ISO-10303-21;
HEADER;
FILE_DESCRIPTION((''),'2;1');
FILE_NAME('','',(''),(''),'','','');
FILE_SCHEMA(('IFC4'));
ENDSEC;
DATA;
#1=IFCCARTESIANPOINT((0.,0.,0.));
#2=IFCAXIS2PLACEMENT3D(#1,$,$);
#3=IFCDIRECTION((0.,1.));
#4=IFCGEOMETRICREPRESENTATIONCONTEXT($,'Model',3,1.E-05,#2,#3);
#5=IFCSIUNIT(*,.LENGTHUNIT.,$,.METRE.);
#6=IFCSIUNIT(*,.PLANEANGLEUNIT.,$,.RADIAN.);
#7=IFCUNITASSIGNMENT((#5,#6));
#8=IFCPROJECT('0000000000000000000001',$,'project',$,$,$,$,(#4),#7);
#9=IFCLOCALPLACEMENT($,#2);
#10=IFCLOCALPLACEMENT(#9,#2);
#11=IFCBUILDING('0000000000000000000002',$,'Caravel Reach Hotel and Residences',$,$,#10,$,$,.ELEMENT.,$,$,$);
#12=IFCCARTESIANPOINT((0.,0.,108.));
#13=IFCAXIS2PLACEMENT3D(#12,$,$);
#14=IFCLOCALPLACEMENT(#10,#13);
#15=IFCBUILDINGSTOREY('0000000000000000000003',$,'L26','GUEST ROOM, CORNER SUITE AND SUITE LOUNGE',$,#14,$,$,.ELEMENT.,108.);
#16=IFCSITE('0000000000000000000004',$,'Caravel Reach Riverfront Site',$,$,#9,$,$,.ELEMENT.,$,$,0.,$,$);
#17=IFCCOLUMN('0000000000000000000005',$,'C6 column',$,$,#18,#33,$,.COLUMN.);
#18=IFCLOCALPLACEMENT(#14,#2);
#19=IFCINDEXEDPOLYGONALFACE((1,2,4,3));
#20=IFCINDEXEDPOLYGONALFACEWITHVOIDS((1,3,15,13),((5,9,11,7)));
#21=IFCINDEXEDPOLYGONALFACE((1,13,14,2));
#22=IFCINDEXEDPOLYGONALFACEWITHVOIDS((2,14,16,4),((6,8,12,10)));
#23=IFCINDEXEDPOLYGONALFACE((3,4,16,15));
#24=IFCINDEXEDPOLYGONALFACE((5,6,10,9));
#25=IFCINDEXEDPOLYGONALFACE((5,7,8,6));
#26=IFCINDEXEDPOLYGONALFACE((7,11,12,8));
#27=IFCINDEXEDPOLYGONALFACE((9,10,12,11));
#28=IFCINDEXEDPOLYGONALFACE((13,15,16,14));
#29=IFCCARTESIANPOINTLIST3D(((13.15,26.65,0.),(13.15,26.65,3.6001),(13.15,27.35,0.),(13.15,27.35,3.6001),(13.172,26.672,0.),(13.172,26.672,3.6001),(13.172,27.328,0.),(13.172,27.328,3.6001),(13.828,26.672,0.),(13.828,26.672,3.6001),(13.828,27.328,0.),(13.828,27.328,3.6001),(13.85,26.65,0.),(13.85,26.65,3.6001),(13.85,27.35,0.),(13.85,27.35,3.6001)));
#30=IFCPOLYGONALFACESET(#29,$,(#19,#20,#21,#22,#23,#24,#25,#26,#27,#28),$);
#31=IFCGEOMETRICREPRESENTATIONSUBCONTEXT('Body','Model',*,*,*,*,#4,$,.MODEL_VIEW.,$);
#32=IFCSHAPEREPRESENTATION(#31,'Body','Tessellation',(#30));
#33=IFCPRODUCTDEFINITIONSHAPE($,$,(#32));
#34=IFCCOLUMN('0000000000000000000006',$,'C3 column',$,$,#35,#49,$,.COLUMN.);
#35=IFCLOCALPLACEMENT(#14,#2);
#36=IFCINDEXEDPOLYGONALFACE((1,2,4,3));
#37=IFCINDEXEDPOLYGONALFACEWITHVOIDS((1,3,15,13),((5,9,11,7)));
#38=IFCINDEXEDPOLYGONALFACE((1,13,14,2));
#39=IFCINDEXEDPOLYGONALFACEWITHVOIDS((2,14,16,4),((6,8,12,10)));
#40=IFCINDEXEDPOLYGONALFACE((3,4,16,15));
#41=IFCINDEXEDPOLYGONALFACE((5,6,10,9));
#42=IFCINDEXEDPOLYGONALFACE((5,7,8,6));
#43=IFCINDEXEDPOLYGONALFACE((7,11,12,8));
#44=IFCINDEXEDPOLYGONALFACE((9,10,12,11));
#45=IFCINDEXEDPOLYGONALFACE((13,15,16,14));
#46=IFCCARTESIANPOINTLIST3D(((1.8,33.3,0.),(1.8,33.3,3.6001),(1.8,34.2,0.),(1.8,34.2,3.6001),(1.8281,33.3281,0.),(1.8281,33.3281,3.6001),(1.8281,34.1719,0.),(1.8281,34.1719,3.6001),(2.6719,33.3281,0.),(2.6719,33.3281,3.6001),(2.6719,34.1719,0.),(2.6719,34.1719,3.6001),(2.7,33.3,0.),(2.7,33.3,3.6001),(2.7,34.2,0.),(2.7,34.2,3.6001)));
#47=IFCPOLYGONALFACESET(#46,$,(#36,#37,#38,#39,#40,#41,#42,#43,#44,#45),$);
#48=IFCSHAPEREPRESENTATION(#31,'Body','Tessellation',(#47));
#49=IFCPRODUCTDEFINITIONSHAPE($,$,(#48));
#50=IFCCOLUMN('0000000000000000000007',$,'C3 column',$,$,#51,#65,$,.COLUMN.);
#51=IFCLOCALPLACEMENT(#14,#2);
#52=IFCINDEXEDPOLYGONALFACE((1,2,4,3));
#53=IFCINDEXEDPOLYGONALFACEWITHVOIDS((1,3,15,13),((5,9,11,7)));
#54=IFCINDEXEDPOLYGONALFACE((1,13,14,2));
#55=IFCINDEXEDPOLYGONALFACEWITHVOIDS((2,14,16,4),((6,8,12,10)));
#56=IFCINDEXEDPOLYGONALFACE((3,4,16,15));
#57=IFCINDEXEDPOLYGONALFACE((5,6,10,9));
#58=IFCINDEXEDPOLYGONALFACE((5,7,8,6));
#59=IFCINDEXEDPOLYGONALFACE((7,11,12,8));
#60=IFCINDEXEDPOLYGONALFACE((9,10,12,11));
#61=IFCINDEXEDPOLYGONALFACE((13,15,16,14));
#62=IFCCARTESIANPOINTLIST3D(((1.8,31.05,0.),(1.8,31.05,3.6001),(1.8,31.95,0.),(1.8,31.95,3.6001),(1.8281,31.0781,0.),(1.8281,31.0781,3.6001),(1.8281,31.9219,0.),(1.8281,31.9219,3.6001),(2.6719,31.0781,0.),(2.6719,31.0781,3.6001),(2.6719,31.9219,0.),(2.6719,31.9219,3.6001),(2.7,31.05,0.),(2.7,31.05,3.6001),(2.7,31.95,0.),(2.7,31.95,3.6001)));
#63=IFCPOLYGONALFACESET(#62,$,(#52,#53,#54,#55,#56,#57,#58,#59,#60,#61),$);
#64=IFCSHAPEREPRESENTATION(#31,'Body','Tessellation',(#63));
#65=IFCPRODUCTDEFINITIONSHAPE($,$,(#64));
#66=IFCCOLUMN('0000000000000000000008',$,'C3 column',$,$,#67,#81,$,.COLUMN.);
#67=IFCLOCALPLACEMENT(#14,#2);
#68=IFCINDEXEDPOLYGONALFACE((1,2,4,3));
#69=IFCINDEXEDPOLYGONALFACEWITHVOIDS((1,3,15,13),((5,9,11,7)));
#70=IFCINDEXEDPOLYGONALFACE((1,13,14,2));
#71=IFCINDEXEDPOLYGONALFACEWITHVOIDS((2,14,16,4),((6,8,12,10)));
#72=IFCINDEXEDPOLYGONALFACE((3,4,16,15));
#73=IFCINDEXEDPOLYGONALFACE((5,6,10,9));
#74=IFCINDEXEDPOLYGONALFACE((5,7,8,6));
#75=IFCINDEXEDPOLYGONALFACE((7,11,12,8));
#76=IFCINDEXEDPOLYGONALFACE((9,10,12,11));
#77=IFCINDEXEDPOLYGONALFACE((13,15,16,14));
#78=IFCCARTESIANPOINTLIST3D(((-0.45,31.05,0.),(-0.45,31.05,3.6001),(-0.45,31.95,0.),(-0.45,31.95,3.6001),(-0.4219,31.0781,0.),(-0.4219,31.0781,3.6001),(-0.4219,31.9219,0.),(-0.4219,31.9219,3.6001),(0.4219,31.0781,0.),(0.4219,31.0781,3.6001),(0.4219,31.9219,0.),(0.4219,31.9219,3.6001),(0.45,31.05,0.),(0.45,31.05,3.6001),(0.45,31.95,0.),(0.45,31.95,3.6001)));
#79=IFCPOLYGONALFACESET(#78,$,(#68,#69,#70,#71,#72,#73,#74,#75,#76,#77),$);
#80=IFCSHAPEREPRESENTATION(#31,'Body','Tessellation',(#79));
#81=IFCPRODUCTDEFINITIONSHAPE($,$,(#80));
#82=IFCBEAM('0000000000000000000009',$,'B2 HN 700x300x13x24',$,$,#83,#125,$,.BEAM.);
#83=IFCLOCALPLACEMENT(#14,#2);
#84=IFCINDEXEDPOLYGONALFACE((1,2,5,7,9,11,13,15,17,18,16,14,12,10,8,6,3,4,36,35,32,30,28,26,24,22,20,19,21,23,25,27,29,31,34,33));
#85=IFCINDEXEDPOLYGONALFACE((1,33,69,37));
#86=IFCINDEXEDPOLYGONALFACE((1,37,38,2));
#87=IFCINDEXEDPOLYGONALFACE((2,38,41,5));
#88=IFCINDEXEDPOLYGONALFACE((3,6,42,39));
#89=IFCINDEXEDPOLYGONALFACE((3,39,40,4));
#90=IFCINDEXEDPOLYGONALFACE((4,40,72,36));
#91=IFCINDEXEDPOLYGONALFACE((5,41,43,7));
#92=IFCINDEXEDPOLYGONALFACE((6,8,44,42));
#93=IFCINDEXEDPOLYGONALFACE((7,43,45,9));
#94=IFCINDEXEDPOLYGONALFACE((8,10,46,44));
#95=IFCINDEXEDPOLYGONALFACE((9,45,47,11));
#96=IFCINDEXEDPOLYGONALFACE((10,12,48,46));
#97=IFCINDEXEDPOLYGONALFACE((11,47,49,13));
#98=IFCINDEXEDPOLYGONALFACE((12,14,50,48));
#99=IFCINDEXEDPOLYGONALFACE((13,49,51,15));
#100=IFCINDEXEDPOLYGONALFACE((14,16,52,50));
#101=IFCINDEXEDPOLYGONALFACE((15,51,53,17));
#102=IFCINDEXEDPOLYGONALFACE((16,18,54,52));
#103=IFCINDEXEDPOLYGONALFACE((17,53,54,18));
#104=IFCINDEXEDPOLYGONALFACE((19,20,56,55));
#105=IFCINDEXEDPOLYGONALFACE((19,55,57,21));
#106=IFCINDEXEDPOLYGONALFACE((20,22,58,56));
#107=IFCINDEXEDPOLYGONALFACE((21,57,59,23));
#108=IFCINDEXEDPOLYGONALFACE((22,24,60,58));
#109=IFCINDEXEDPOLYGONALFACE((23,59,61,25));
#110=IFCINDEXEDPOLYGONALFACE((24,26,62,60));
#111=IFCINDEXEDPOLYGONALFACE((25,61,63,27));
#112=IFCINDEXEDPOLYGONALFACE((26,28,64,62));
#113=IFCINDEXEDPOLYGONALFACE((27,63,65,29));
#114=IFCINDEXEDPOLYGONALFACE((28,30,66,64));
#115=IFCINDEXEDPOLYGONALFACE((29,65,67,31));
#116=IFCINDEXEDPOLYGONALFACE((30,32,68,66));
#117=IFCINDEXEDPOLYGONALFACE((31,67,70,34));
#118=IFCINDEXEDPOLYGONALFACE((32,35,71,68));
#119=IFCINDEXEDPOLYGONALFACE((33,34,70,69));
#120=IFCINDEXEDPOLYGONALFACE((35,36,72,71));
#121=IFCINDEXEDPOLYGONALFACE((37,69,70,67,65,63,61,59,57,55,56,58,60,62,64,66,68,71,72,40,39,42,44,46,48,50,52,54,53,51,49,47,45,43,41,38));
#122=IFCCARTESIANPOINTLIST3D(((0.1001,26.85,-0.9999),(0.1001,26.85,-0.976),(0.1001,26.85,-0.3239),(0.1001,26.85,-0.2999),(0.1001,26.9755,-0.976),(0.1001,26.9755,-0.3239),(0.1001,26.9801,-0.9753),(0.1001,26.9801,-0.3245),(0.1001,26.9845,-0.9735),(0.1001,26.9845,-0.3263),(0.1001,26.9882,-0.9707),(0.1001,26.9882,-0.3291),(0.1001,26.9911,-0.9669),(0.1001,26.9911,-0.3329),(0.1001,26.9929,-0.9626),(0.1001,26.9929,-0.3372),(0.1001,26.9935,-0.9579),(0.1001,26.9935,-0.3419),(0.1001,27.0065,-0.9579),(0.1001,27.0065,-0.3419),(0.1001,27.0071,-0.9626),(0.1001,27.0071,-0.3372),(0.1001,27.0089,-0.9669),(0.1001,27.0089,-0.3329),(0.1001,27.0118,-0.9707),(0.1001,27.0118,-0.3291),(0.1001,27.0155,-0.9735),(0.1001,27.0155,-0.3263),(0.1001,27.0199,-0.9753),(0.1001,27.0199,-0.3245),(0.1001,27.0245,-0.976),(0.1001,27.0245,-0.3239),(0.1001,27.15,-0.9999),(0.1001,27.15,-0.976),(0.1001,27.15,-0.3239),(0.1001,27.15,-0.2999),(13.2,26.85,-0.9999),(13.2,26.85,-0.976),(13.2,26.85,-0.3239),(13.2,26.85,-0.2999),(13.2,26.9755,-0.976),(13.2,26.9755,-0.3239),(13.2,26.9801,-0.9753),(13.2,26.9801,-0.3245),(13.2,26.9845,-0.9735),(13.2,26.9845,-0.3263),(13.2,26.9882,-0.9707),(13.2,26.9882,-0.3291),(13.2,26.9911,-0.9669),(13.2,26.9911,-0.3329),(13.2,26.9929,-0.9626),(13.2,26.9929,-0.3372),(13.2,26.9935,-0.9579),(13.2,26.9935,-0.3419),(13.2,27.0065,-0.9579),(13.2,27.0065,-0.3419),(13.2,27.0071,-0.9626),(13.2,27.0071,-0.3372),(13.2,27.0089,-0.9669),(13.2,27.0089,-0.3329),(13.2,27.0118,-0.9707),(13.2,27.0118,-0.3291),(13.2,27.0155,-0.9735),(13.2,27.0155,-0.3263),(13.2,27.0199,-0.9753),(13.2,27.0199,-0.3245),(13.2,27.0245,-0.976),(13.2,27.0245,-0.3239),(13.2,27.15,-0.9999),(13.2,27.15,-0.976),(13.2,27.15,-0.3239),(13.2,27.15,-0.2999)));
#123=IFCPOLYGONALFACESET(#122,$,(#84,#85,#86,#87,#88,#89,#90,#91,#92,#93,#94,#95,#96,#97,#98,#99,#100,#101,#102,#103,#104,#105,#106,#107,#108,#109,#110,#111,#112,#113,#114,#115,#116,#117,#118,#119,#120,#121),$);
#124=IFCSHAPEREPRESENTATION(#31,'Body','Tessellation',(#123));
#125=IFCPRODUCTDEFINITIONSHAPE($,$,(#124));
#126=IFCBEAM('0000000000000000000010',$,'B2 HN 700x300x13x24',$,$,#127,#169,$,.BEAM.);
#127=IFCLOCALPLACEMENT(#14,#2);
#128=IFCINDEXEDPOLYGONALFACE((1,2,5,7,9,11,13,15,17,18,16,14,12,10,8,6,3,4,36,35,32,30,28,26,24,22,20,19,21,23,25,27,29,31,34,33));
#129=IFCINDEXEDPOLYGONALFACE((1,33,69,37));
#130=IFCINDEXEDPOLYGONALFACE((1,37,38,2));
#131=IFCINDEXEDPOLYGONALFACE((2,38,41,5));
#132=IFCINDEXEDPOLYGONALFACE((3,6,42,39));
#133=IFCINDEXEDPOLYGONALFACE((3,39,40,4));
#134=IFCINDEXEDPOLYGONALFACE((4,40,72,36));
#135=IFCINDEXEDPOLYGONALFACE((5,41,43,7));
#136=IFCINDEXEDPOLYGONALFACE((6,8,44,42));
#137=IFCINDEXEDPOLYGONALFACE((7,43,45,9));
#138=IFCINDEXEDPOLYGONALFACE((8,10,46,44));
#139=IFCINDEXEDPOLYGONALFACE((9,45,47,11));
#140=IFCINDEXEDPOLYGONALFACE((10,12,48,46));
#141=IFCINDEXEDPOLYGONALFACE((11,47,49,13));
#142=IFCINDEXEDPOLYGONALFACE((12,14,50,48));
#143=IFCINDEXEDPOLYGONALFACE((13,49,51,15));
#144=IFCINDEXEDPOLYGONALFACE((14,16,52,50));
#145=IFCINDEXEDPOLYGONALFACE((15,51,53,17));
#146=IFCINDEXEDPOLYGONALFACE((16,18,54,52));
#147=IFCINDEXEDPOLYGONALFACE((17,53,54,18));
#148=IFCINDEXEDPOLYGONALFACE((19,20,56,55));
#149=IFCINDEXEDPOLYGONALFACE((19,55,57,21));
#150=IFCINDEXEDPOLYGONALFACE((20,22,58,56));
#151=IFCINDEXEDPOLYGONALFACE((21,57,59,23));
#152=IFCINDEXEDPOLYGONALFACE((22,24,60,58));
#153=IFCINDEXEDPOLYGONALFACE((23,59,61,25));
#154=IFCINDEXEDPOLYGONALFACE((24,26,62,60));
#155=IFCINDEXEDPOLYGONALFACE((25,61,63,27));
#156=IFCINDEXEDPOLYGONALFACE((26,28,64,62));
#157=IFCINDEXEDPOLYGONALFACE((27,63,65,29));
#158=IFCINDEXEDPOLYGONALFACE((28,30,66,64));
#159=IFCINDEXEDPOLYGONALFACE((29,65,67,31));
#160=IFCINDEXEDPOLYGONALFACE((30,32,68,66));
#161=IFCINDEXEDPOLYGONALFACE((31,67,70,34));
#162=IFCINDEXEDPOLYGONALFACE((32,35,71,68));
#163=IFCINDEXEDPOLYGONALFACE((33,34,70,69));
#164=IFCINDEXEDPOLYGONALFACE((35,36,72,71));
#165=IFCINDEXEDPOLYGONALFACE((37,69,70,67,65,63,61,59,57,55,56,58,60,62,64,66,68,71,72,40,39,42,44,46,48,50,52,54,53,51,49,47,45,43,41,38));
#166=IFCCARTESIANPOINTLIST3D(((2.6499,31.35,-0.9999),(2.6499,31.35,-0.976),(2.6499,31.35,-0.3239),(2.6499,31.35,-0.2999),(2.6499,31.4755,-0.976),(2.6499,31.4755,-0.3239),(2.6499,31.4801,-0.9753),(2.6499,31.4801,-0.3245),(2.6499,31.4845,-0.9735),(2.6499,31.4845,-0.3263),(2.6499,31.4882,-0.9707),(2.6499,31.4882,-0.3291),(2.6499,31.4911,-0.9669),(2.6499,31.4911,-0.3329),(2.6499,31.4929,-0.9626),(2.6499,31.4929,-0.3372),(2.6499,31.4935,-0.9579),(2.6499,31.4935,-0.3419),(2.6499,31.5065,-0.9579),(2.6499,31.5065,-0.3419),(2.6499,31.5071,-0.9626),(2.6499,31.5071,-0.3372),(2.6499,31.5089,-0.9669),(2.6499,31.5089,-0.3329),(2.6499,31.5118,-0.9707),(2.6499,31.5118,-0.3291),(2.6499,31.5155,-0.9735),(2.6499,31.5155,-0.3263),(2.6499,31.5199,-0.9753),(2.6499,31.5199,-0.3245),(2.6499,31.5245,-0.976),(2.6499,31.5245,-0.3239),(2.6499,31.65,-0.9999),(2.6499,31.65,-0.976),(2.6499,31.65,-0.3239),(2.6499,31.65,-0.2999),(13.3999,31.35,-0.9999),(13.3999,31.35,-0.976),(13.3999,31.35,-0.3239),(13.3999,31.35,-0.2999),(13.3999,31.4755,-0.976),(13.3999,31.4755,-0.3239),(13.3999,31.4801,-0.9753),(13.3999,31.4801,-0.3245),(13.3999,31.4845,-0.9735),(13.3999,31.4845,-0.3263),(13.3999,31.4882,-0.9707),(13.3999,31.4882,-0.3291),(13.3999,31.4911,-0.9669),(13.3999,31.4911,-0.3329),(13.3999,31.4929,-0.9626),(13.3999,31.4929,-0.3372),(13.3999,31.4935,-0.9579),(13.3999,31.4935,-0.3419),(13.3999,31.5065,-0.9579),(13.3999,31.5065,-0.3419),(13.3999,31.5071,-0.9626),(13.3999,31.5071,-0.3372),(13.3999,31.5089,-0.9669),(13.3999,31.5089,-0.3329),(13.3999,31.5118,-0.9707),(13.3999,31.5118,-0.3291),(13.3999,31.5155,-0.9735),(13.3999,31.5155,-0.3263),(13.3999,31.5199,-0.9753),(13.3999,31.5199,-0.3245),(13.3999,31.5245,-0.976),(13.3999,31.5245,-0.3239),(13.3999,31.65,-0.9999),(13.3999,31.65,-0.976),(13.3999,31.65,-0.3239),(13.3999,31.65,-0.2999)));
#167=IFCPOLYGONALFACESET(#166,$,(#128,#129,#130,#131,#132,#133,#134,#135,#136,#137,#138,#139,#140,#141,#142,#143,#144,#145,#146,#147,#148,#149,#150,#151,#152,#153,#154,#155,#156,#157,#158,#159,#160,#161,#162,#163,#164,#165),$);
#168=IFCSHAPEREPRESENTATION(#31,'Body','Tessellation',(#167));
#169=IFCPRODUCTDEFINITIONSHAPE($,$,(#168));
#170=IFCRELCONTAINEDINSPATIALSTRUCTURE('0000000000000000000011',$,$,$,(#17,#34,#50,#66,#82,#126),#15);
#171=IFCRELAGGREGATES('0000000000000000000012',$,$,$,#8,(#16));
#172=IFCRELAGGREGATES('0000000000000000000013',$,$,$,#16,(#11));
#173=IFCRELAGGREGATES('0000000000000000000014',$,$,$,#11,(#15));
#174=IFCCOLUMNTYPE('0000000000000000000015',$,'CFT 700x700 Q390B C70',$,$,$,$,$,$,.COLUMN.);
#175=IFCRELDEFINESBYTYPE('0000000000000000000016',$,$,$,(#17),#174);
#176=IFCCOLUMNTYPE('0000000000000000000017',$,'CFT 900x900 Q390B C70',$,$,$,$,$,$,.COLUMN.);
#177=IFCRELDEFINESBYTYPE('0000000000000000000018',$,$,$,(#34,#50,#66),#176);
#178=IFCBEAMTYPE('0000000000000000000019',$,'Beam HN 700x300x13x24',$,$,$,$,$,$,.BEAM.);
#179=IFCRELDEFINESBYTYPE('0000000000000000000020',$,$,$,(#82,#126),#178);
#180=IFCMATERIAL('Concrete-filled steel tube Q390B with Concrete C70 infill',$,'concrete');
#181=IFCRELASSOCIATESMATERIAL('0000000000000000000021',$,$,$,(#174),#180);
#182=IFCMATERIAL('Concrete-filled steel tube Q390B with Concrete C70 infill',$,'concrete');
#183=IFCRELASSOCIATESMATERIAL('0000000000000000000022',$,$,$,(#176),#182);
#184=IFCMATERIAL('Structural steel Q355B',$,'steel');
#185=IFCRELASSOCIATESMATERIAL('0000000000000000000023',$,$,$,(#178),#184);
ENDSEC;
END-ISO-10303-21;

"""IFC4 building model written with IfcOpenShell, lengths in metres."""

from ifc_helpers import new_model, si_unit, direction, frame, origin, origin_2d, place, context, subcontext, project, spatial, hollow_rectangle, i_section, extrude, material, material_profile, profile_set, type_object, element, save


model = new_model("IFC4")

# Units and contexts
model_context = context("Model", 3, precision=1e-05, world=origin(), true_north=direction((0.0, 1.0)))
body_context = subcontext(model_context, "Body", "Model", "MODEL_VIEW")
ifc_project = project(units=[si_unit("LENGTHUNIT", "METRE"), si_unit("PLANEANGLEUNIT", "RADIAN")], contexts=[model_context])

# Site, building, storey
site_placement = place(None, origin())
site = spatial("IfcSite", under=ifc_project, at=site_placement, Name="Caravel Reach Riverfront Site", CompositionType="ELEMENT", RefElevation=0.0)
building_placement = place(site_placement, origin())
building = spatial("IfcBuilding", under=site, at=building_placement, Name="Caravel Reach Hotel and Residences", CompositionType="ELEMENT")
storey_placement = place(building_placement, frame((0.0, 0.0, 108.0)))
storey = spatial("IfcBuildingStorey", under=building, at=storey_placement, Name="L26", Description="GUEST ROOM, CORNER SUITE AND SUITE LOUNGE", CompositionType="ELEMENT", Elevation=108.0)

# Columns
ifc_material_1 = material(Name="Concrete-filled steel tube Q390B with Concrete C70 infill", Category="concrete")
ifc_material_profile_1 = material_profile(ifc_material_1, hollow_rectangle(XDim=0.7, YDim=0.7, WallThickness=0.022, at=origin_2d()), Name="RHS 700x700x22")
ifc_profile_set_1 = profile_set([ifc_material_profile_1], Name="Concrete-filled steel tube Q390B with Concrete C70 infill")
column_type_1 = type_object("IfcColumnType", Name="CFT 700x700 Q390B C70", PredefinedType="COLUMN", material=ifc_profile_set_1)
column_placement = place(storey_placement, frame((13.5, 27.0, 0.0), z_axis=(0.0, 0.0, 1.0), x_axis=(1.0, 0.0, 0.0)))
element("IfcColumn", 1, at=column_placement, inside=storey, type_object=column_type_1, Name="C6 column", PredefinedType="COLUMN", context=body_context, shape_type="SweptSolid", body=[
    extrude(hollow_rectangle(XDim=0.7, YDim=0.7, WallThickness=0.022, at=origin_2d()), origin(), (0.0, 0.0, 1.0), 3.6001),
])
ifc_material_2 = material(Name="Concrete-filled steel tube Q390B with Concrete C70 infill", Category="concrete")
ifc_material_profile_2 = material_profile(ifc_material_2, hollow_rectangle(XDim=0.8999, YDim=0.8999, WallThickness=0.0281, at=origin_2d()), Name="RHS 900x900x28")
ifc_profile_set_2 = profile_set([ifc_material_profile_2], Name="Concrete-filled steel tube Q390B with Concrete C70 infill")
column_type_2 = type_object("IfcColumnType", Name="CFT 900x900 Q390B C70", PredefinedType="COLUMN", material=ifc_profile_set_2)
for number, where, z_axis, x_axis, name in (
    (2, (2.25, 33.75, 0.0), (0.0, 0.0, 1.0), (1.0, 0.0, 0.0), "C3 column"),
    (3, (2.25, 31.5, 0.0), (0.0, 0.0, 1.0), (1.0, 0.0, 0.0), "C3 column"),
    (4, (0.0, 31.5, 0.0), (0.0, 0.0, 1.0), (1.0, 0.0, 0.0), "C3 column"),
):
    element("IfcColumn", number, at=place(storey_placement, frame(where, z_axis=z_axis, x_axis=x_axis)), inside=storey, type_object=column_type_2, Name=name, PredefinedType="COLUMN", context=body_context, shape_type="SweptSolid", body=[
        extrude(hollow_rectangle(XDim=0.8999, YDim=0.8999, WallThickness=0.0281, at=origin_2d()), origin(), (0.0, 0.0, 1.0), 3.6001),
    ])

# Beams
ifc_material_3 = material(Name="Structural steel Q355B", Category="steel")
ifc_material_profile_3 = material_profile(ifc_material_3, i_section(OverallWidth=0.3, OverallDepth=0.7, WebThickness=0.0129, FlangeThickness=0.0239, FilletRadius=0.0181, at=origin_2d()), Name="HN 700x300x13x24")
ifc_profile_set_3 = profile_set([ifc_material_profile_3], Name="Structural steel Q355B")
beam_type_1 = type_object("IfcBeamType", Name="Beam HN 700x300x13x24", PredefinedType="BEAM", material=ifc_profile_set_3)
beam_1_placement = place(storey_placement, frame((13.2, 27.0, -0.6499), z_axis=(-1.0, 0.0, 0.0), x_axis=(0.0, -1.0, 0.0)))
element("IfcBeam", 5, at=beam_1_placement, inside=storey, type_object=beam_type_1, Name="B2 HN 700x300x13x24", PredefinedType="BEAM", context=body_context, shape_type="SweptSolid", body=[
    extrude(i_section(OverallWidth=0.3, OverallDepth=0.7, WebThickness=0.0129, FlangeThickness=0.0239, FilletRadius=0.0181, at=origin_2d()), origin(), (0.0, 0.0, 1.0), 13.0999),
])
beam_2_placement = place(storey_placement, frame((13.3999, 31.5, -0.6499), z_axis=(-1.0, 0.0, 0.0), x_axis=(0.0, -1.0, 0.0)))
element("IfcBeam", 6, at=beam_2_placement, inside=storey, type_object=beam_type_1, Name="B2 HN 700x300x13x24", PredefinedType="BEAM", context=body_context, shape_type="SweptSolid", body=[
    extrude(i_section(OverallWidth=0.3, OverallDepth=0.7, WebThickness=0.0129, FlangeThickness=0.0239, FilletRadius=0.0181, at=origin_2d()), origin(), (0.0, 0.0, 1.0), 10.75),
])

save(model, "model.ifc")
